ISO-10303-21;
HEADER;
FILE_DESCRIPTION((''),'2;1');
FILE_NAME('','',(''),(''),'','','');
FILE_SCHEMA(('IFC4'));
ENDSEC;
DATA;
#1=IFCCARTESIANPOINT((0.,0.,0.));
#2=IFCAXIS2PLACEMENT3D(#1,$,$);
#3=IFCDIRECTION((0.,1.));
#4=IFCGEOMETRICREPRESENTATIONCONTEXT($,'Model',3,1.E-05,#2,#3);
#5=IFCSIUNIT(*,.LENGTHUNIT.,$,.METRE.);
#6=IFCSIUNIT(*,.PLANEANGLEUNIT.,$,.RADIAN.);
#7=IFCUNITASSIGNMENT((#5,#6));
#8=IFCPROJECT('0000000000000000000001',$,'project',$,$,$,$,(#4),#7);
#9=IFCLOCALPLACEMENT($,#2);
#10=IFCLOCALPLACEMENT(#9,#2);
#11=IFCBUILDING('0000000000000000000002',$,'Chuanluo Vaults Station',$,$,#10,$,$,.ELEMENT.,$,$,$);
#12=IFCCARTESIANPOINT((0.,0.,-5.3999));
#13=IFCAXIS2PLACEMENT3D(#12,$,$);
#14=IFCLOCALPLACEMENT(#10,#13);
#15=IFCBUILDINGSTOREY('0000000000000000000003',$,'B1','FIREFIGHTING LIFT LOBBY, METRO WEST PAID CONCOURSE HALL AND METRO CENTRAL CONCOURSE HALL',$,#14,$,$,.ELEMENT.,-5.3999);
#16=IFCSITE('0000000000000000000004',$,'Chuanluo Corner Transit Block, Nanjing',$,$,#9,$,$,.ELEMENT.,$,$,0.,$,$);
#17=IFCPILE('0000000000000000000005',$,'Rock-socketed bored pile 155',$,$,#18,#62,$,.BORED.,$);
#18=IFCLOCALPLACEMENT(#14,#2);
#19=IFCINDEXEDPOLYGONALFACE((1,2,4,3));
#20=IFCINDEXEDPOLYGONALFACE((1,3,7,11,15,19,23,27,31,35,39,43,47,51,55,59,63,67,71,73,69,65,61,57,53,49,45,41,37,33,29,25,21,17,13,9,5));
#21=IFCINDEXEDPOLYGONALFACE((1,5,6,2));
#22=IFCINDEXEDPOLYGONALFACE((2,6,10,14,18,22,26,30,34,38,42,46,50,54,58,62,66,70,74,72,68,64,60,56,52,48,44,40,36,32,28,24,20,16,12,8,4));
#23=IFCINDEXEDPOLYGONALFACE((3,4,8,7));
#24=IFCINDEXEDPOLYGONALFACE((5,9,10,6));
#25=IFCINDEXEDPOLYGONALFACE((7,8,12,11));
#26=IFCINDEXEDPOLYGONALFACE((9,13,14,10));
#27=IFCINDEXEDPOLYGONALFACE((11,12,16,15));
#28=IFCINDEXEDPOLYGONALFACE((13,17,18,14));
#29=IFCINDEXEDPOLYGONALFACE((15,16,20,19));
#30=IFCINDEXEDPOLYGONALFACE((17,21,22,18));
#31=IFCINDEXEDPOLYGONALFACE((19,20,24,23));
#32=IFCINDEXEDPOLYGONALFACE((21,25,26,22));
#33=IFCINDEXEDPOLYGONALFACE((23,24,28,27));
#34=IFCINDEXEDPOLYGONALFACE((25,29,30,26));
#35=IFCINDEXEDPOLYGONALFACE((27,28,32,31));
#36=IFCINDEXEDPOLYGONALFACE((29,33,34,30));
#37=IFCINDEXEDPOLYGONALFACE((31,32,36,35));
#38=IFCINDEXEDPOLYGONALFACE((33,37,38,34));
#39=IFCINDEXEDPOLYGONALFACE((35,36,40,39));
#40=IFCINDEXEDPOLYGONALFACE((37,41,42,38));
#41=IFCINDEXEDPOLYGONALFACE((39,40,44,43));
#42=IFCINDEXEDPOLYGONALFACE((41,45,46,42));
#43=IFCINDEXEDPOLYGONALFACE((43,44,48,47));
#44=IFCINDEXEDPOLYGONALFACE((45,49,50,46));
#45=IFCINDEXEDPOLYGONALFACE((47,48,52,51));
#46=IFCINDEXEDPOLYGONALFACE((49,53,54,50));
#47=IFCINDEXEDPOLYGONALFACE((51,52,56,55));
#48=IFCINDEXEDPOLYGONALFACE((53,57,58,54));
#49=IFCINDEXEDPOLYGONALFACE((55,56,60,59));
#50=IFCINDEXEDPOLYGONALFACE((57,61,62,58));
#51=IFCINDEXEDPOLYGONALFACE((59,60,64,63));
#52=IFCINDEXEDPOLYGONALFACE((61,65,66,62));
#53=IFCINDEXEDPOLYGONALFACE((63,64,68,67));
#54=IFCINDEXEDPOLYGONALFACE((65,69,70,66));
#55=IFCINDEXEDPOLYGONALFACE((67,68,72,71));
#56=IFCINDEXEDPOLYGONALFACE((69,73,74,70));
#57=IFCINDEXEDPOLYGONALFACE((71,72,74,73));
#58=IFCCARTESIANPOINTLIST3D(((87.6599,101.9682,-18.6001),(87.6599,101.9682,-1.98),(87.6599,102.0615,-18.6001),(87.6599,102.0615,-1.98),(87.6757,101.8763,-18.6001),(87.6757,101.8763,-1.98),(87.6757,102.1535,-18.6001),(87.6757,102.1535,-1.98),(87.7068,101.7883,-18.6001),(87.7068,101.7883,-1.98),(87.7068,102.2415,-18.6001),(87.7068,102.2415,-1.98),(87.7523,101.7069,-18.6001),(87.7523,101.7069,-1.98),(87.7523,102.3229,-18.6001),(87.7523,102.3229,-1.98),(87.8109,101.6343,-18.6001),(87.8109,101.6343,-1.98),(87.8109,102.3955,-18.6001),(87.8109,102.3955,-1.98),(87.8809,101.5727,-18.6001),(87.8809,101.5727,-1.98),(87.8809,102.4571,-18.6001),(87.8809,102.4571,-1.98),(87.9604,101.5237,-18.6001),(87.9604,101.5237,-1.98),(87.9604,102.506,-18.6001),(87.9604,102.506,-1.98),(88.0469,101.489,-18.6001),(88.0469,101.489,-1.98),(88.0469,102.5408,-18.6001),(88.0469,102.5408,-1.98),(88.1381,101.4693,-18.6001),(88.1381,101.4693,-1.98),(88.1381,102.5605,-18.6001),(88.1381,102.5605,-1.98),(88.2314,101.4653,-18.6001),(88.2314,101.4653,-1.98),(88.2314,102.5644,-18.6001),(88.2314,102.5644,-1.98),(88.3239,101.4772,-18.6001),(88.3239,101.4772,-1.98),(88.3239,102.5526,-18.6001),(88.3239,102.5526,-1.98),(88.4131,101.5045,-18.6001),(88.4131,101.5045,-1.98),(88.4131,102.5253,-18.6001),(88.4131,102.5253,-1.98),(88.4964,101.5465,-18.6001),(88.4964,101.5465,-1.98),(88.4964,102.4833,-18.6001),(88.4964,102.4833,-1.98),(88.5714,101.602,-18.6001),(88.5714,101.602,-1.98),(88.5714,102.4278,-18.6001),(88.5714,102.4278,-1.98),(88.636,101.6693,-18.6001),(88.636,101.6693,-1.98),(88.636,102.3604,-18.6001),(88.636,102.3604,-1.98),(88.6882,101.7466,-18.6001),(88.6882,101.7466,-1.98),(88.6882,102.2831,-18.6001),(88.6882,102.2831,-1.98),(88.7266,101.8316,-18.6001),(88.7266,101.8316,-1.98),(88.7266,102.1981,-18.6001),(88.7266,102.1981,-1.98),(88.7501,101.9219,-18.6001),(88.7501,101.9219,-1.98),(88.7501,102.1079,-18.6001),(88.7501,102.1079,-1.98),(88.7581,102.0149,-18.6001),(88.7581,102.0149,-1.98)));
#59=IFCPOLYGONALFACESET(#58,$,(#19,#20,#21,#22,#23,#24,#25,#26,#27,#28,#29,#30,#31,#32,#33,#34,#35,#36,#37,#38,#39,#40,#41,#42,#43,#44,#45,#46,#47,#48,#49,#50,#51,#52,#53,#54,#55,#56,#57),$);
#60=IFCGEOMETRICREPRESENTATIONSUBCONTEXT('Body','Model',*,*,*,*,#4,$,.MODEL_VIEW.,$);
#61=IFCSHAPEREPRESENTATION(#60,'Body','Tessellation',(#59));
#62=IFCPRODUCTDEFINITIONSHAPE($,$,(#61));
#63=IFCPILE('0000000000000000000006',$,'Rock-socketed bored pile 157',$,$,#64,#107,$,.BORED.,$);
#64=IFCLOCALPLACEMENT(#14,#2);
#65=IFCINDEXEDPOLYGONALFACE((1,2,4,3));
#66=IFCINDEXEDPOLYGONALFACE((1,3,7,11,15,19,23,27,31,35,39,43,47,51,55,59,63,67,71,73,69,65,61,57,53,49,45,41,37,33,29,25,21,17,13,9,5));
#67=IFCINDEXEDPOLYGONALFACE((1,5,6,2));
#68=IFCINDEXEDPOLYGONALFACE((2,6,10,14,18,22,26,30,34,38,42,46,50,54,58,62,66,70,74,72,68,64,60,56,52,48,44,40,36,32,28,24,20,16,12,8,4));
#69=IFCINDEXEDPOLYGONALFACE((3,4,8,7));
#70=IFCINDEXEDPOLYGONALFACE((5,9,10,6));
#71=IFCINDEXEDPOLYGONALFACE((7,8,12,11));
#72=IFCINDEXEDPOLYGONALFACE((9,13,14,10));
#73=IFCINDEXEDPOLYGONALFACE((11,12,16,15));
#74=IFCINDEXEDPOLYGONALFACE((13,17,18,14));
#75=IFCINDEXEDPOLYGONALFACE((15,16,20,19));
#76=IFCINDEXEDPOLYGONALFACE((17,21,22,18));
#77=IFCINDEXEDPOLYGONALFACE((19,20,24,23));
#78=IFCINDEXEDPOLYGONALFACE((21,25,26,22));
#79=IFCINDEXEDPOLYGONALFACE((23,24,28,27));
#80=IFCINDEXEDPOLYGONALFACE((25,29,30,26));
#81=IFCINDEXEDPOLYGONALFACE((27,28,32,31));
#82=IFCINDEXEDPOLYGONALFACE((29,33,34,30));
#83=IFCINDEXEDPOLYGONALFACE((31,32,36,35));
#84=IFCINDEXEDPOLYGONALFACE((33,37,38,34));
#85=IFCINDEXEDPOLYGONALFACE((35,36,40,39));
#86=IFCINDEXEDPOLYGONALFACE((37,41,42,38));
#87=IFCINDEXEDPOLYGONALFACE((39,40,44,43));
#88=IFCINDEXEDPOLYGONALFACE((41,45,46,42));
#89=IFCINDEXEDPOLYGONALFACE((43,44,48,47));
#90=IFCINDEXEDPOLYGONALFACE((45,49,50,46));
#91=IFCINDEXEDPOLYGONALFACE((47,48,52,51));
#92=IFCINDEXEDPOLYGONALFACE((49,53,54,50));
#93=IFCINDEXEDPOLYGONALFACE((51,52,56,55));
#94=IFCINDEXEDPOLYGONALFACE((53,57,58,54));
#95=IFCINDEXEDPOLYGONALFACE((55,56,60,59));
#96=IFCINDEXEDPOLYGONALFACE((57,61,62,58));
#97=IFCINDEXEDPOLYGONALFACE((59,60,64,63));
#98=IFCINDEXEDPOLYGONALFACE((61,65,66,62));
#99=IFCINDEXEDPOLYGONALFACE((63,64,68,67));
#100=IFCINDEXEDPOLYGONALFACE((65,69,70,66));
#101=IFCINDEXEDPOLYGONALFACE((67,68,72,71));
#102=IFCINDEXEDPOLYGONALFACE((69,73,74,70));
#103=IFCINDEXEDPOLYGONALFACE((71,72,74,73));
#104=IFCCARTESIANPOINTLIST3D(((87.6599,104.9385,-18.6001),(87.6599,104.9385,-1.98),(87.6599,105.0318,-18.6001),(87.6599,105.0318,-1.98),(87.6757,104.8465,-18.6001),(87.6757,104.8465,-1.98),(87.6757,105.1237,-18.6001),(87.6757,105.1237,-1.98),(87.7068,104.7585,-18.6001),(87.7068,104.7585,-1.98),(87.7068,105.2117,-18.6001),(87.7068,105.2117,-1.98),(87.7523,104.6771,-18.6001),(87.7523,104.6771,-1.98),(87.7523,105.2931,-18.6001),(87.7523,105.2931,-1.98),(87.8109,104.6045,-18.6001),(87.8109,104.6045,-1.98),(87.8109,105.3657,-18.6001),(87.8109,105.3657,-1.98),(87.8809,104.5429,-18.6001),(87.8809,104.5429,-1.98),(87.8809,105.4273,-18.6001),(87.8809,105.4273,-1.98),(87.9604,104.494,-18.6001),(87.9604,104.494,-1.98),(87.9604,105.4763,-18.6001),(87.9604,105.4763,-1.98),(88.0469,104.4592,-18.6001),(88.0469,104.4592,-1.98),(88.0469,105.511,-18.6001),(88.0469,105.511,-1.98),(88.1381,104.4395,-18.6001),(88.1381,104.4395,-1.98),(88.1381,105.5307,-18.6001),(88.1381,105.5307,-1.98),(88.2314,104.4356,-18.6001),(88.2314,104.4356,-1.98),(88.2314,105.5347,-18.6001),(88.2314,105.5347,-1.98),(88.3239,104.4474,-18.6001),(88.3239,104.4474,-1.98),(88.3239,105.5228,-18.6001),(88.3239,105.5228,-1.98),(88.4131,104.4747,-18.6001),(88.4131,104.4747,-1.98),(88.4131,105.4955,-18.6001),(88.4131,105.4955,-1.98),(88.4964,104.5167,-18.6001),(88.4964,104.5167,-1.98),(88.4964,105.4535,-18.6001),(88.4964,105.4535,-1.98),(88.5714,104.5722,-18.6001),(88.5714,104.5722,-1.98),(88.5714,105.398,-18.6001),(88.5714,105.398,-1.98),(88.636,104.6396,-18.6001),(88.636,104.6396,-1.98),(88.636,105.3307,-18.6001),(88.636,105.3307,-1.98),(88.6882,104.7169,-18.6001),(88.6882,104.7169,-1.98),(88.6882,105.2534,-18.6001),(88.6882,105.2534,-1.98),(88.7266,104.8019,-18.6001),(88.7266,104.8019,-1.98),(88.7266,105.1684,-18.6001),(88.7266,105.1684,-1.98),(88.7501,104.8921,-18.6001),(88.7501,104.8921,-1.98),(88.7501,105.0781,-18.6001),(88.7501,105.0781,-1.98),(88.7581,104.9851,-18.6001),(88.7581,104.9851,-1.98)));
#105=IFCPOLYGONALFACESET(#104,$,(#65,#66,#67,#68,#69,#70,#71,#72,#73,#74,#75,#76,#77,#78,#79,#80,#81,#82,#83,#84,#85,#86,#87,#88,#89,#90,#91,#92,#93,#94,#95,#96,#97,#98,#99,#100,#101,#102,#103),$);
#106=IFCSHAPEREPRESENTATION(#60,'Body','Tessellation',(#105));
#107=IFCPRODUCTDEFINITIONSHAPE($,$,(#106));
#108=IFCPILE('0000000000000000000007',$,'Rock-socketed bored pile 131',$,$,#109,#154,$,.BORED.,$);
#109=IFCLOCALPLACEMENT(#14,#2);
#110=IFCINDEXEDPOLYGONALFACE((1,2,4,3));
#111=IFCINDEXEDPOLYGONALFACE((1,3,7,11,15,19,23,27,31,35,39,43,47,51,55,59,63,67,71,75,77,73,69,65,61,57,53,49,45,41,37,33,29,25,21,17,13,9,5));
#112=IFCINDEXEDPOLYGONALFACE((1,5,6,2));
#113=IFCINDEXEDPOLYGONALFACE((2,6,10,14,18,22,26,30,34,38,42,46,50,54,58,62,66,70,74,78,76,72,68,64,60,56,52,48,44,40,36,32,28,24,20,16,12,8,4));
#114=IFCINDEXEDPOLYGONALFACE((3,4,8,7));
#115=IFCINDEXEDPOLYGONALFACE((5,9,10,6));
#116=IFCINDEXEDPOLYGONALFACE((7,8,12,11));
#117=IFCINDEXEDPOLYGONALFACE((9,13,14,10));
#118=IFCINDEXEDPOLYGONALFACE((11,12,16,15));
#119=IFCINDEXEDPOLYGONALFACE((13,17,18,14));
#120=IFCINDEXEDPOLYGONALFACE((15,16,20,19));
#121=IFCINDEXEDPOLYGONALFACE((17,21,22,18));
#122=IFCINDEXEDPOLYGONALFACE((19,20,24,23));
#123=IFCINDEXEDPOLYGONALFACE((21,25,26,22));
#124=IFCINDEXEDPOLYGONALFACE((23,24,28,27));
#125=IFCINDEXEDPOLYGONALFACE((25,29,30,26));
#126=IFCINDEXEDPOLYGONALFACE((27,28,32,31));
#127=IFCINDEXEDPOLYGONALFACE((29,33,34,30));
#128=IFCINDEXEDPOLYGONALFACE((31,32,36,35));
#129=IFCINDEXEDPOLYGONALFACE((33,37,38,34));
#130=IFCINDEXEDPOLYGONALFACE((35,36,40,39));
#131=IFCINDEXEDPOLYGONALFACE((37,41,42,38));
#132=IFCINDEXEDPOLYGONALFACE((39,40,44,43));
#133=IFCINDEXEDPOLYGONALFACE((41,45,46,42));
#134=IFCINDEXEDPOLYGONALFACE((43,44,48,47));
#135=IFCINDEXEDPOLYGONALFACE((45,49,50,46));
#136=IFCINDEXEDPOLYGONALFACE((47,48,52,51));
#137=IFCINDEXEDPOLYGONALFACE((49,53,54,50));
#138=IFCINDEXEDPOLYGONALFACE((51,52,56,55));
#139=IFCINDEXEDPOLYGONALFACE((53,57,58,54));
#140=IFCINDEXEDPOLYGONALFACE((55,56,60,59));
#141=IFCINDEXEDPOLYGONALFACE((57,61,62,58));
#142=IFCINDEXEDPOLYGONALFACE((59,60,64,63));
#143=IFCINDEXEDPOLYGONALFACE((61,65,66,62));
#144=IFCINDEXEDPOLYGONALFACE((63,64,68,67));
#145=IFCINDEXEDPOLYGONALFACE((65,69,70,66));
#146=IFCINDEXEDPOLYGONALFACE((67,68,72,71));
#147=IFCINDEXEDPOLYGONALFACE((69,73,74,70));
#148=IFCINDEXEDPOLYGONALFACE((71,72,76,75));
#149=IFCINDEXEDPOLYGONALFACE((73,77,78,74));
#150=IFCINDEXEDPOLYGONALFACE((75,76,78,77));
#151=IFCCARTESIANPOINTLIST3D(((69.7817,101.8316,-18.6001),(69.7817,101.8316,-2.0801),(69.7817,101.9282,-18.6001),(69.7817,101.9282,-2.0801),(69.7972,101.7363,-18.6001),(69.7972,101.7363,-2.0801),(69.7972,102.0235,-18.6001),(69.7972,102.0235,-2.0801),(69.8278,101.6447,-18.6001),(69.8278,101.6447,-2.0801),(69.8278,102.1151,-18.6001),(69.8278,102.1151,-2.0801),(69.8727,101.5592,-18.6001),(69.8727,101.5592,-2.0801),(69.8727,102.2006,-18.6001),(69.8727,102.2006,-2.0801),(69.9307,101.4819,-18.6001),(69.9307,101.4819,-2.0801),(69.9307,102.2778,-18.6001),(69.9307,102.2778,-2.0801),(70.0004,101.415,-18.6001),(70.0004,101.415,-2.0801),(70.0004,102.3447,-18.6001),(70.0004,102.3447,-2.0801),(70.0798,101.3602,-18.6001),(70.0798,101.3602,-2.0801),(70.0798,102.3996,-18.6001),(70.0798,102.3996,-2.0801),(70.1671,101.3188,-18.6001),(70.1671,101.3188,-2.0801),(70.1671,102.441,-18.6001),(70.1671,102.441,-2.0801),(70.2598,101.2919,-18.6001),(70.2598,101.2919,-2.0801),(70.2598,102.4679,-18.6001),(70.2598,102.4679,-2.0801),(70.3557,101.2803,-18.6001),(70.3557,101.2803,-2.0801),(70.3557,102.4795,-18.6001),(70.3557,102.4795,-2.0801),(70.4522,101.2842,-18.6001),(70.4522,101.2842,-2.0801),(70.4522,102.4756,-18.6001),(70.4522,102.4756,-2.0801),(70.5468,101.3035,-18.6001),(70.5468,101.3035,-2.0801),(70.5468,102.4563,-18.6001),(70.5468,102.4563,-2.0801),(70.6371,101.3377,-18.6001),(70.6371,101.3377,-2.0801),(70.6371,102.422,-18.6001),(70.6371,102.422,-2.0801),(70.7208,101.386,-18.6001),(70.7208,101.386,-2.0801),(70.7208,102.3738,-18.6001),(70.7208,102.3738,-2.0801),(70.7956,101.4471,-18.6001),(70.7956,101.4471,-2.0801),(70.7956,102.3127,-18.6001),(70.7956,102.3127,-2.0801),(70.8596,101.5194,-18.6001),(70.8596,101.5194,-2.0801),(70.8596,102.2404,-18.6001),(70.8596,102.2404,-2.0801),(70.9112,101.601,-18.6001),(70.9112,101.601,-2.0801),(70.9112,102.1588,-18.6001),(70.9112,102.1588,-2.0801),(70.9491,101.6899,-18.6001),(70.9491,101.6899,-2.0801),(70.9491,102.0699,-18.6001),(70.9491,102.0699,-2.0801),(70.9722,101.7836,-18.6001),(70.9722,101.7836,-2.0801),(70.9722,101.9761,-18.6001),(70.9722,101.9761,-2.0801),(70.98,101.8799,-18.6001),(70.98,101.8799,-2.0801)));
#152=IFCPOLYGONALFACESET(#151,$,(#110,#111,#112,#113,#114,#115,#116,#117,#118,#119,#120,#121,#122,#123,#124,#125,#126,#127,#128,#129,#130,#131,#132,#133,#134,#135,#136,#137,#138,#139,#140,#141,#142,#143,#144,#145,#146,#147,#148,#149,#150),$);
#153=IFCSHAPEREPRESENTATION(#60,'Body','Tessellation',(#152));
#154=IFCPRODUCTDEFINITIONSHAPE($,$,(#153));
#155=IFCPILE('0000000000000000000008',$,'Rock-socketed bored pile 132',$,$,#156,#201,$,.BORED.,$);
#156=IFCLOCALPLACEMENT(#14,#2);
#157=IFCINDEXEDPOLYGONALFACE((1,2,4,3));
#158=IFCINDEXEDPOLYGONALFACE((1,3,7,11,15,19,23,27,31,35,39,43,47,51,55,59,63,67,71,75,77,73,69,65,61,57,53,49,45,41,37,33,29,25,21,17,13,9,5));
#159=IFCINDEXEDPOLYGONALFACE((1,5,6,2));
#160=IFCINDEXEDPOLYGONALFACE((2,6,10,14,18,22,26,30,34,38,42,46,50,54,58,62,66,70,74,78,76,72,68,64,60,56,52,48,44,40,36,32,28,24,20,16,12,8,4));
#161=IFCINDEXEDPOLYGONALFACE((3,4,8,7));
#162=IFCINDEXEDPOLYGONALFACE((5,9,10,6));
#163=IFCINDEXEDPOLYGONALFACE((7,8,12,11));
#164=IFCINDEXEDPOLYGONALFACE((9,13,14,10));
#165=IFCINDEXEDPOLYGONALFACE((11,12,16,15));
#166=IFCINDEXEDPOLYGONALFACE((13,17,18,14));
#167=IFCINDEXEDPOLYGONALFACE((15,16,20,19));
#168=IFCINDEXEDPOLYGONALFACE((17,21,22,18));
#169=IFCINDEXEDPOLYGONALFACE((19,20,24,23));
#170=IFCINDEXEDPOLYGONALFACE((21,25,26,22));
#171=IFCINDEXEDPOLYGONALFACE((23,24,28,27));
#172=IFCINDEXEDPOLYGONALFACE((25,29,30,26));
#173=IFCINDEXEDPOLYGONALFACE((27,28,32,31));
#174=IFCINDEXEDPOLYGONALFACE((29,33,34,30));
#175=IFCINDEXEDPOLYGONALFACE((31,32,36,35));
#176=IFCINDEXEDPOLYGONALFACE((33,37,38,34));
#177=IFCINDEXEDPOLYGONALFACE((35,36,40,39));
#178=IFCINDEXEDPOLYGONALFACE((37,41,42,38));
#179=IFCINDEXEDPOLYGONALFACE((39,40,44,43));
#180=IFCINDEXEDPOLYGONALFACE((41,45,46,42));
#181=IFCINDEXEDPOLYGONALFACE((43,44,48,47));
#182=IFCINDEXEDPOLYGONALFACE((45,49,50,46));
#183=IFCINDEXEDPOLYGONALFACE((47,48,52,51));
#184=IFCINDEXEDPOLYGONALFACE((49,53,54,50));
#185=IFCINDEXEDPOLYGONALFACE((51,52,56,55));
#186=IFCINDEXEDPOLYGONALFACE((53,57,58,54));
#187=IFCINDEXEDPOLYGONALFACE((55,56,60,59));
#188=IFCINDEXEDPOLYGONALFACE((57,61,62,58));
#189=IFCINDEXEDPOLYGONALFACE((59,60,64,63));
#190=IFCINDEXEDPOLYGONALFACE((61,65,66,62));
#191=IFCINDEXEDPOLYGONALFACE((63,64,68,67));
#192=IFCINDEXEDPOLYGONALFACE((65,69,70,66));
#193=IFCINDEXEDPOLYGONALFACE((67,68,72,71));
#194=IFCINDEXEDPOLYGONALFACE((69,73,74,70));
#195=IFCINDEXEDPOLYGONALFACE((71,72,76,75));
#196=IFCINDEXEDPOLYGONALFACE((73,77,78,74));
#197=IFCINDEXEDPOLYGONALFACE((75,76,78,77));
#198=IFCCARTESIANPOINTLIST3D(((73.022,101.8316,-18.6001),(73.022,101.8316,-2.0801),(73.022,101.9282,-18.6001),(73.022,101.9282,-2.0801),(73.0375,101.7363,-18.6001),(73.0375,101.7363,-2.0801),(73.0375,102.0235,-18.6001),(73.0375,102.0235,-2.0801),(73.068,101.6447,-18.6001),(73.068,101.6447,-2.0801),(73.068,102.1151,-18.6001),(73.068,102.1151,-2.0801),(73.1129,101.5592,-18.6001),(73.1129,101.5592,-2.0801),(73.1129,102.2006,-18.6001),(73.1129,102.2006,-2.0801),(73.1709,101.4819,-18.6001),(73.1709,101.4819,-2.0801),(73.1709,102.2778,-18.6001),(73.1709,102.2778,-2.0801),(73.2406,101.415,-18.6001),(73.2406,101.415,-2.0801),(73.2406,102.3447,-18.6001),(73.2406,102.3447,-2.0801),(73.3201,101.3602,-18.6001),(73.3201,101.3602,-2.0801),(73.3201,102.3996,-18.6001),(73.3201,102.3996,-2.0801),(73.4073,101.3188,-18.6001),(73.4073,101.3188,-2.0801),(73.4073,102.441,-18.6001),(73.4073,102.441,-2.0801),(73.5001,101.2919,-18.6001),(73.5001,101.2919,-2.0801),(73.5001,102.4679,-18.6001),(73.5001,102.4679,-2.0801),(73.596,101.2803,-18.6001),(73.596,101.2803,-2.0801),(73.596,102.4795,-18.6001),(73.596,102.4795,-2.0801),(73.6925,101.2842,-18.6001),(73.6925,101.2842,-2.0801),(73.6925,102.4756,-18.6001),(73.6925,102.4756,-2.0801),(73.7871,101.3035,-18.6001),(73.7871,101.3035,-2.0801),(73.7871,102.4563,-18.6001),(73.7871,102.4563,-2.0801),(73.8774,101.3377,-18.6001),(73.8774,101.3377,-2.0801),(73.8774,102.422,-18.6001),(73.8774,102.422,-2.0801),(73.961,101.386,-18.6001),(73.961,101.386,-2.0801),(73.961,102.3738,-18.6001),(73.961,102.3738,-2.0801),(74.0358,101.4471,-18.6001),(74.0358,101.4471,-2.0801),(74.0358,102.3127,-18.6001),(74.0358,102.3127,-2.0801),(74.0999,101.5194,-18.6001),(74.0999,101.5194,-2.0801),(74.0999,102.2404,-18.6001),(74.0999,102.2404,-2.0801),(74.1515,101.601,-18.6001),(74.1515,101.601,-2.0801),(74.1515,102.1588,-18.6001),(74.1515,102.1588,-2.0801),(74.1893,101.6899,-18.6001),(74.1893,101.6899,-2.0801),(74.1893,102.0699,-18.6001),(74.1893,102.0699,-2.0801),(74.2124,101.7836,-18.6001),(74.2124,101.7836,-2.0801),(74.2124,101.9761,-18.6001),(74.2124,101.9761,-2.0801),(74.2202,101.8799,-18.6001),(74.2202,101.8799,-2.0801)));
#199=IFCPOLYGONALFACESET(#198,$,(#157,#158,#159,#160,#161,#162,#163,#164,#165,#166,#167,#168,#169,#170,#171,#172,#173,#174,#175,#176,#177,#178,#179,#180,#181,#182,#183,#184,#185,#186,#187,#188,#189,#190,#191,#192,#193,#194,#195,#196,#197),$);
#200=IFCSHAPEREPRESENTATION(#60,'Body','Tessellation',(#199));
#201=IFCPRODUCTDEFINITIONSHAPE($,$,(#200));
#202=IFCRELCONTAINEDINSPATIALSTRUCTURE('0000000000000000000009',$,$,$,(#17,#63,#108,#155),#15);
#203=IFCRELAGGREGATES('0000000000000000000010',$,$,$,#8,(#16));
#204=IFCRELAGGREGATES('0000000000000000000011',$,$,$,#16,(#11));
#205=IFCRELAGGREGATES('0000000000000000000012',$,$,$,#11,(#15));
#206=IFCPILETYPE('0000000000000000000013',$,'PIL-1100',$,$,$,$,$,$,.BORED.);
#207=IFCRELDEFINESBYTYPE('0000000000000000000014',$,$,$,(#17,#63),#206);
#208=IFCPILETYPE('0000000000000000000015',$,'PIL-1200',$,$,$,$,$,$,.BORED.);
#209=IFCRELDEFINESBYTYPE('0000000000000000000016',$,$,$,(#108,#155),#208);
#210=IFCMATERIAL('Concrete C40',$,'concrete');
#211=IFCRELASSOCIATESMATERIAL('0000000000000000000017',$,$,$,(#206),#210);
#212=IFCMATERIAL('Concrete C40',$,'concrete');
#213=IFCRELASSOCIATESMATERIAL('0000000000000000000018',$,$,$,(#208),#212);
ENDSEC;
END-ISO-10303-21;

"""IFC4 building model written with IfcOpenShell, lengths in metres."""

from ifc_helpers import new_model, si_unit, direction, frame, origin, origin_2d, place, context, subcontext, project, spatial, circle, extrude, material, material_profile, profile_set, type_object, element, save


model = new_model("IFC4")

# Units and contexts
model_context = context("Model", 3, precision=1e-05, world=origin(), true_north=direction((0.0, 1.0)))
body_context = subcontext(model_context, "Body", "Model", "MODEL_VIEW")
ifc_project = project(units=[si_unit("LENGTHUNIT", "METRE"), si_unit("PLANEANGLEUNIT", "RADIAN")], contexts=[model_context])

# Site, building, storey
site_placement = place(None, origin())
site = spatial("IfcSite", under=ifc_project, at=site_placement, Name="Chuanluo Corner Transit Block, Nanjing", CompositionType="ELEMENT", RefElevation=0.0)
building_placement = place(site_placement, origin())
building = spatial("IfcBuilding", under=site, at=building_placement, Name="Chuanluo Vaults Station", CompositionType="ELEMENT")
storey_placement = place(building_placement, frame((0.0, 0.0, -5.3999)))
storey = spatial("IfcBuildingStorey", under=building, at=storey_placement, Name="B1", Description="FIREFIGHTING LIFT LOBBY, METRO WEST PAID CONCOURSE HALL AND METRO CENTRAL CONCOURSE HALL", CompositionType="ELEMENT", Elevation=-5.3999)

# Piles
ifc_material_1 = material(Name="Concrete C40", Category="concrete")
ifc_material_profile_1 = material_profile(ifc_material_1, circle(Radius=0.55, at=origin_2d()))
ifc_profile_set_1 = profile_set([ifc_material_profile_1], Name="Concrete C40")
pile_type_1 = type_object("IfcPileType", Name="PIL-1100", PredefinedType="BORED", material=ifc_profile_set_1)
for number, where, z_axis, x_axis, name in (
    (1, (88.208, 102.0149, -1.98), (0.0, 0.0, -1.0), (1.0, 0.0, 0.0), "Rock-socketed bored pile 155"),
    (2, (88.208, 104.9851, -1.98), (0.0, 0.0, -1.0), (1.0, 0.0, 0.0), "Rock-socketed bored pile 157"),
):
    element("IfcPile", number, at=place(storey_placement, frame(where, z_axis=z_axis, x_axis=x_axis)), inside=storey, type_object=pile_type_1, Name=name, PredefinedType="BORED", context=body_context, shape_type="SweptSolid", body=[
        extrude(circle(Radius=0.55, at=origin_2d()), origin(), (0.0, 0.0, 1.0), 16.6201),
    ])
ifc_material_2 = material(Name="Concrete C40", Category="concrete")
ifc_material_profile_2 = material_profile(ifc_material_2, circle(Radius=0.6001, at=origin_2d()))
ifc_profile_set_2 = profile_set([ifc_material_profile_2], Name="Concrete C40")
pile_type_2 = type_object("IfcPileType", Name="PIL-1200", PredefinedType="BORED", material=ifc_profile_set_2)
for number, where, z_axis, x_axis, name in (
    (3, (70.3799, 101.8799, -2.0801), (0.0, 0.0, -1.0), (1.0, 0.0, 0.0), "Rock-socketed bored pile 131"),
    (4, (73.6201, 101.8799, -2.0801), (0.0, 0.0, -1.0), (1.0, 0.0, 0.0), "Rock-socketed bored pile 132"),
):
    element("IfcPile", number, at=place(storey_placement, frame(where, z_axis=z_axis, x_axis=x_axis)), inside=storey, type_object=pile_type_2, Name=name, PredefinedType="BORED", context=body_context, shape_type="SweptSolid", body=[
        extrude(circle(Radius=0.6001, at=origin_2d()), origin(), (0.0, 0.0, 1.0), 16.52),
    ])

save(model, "model.ifc")
